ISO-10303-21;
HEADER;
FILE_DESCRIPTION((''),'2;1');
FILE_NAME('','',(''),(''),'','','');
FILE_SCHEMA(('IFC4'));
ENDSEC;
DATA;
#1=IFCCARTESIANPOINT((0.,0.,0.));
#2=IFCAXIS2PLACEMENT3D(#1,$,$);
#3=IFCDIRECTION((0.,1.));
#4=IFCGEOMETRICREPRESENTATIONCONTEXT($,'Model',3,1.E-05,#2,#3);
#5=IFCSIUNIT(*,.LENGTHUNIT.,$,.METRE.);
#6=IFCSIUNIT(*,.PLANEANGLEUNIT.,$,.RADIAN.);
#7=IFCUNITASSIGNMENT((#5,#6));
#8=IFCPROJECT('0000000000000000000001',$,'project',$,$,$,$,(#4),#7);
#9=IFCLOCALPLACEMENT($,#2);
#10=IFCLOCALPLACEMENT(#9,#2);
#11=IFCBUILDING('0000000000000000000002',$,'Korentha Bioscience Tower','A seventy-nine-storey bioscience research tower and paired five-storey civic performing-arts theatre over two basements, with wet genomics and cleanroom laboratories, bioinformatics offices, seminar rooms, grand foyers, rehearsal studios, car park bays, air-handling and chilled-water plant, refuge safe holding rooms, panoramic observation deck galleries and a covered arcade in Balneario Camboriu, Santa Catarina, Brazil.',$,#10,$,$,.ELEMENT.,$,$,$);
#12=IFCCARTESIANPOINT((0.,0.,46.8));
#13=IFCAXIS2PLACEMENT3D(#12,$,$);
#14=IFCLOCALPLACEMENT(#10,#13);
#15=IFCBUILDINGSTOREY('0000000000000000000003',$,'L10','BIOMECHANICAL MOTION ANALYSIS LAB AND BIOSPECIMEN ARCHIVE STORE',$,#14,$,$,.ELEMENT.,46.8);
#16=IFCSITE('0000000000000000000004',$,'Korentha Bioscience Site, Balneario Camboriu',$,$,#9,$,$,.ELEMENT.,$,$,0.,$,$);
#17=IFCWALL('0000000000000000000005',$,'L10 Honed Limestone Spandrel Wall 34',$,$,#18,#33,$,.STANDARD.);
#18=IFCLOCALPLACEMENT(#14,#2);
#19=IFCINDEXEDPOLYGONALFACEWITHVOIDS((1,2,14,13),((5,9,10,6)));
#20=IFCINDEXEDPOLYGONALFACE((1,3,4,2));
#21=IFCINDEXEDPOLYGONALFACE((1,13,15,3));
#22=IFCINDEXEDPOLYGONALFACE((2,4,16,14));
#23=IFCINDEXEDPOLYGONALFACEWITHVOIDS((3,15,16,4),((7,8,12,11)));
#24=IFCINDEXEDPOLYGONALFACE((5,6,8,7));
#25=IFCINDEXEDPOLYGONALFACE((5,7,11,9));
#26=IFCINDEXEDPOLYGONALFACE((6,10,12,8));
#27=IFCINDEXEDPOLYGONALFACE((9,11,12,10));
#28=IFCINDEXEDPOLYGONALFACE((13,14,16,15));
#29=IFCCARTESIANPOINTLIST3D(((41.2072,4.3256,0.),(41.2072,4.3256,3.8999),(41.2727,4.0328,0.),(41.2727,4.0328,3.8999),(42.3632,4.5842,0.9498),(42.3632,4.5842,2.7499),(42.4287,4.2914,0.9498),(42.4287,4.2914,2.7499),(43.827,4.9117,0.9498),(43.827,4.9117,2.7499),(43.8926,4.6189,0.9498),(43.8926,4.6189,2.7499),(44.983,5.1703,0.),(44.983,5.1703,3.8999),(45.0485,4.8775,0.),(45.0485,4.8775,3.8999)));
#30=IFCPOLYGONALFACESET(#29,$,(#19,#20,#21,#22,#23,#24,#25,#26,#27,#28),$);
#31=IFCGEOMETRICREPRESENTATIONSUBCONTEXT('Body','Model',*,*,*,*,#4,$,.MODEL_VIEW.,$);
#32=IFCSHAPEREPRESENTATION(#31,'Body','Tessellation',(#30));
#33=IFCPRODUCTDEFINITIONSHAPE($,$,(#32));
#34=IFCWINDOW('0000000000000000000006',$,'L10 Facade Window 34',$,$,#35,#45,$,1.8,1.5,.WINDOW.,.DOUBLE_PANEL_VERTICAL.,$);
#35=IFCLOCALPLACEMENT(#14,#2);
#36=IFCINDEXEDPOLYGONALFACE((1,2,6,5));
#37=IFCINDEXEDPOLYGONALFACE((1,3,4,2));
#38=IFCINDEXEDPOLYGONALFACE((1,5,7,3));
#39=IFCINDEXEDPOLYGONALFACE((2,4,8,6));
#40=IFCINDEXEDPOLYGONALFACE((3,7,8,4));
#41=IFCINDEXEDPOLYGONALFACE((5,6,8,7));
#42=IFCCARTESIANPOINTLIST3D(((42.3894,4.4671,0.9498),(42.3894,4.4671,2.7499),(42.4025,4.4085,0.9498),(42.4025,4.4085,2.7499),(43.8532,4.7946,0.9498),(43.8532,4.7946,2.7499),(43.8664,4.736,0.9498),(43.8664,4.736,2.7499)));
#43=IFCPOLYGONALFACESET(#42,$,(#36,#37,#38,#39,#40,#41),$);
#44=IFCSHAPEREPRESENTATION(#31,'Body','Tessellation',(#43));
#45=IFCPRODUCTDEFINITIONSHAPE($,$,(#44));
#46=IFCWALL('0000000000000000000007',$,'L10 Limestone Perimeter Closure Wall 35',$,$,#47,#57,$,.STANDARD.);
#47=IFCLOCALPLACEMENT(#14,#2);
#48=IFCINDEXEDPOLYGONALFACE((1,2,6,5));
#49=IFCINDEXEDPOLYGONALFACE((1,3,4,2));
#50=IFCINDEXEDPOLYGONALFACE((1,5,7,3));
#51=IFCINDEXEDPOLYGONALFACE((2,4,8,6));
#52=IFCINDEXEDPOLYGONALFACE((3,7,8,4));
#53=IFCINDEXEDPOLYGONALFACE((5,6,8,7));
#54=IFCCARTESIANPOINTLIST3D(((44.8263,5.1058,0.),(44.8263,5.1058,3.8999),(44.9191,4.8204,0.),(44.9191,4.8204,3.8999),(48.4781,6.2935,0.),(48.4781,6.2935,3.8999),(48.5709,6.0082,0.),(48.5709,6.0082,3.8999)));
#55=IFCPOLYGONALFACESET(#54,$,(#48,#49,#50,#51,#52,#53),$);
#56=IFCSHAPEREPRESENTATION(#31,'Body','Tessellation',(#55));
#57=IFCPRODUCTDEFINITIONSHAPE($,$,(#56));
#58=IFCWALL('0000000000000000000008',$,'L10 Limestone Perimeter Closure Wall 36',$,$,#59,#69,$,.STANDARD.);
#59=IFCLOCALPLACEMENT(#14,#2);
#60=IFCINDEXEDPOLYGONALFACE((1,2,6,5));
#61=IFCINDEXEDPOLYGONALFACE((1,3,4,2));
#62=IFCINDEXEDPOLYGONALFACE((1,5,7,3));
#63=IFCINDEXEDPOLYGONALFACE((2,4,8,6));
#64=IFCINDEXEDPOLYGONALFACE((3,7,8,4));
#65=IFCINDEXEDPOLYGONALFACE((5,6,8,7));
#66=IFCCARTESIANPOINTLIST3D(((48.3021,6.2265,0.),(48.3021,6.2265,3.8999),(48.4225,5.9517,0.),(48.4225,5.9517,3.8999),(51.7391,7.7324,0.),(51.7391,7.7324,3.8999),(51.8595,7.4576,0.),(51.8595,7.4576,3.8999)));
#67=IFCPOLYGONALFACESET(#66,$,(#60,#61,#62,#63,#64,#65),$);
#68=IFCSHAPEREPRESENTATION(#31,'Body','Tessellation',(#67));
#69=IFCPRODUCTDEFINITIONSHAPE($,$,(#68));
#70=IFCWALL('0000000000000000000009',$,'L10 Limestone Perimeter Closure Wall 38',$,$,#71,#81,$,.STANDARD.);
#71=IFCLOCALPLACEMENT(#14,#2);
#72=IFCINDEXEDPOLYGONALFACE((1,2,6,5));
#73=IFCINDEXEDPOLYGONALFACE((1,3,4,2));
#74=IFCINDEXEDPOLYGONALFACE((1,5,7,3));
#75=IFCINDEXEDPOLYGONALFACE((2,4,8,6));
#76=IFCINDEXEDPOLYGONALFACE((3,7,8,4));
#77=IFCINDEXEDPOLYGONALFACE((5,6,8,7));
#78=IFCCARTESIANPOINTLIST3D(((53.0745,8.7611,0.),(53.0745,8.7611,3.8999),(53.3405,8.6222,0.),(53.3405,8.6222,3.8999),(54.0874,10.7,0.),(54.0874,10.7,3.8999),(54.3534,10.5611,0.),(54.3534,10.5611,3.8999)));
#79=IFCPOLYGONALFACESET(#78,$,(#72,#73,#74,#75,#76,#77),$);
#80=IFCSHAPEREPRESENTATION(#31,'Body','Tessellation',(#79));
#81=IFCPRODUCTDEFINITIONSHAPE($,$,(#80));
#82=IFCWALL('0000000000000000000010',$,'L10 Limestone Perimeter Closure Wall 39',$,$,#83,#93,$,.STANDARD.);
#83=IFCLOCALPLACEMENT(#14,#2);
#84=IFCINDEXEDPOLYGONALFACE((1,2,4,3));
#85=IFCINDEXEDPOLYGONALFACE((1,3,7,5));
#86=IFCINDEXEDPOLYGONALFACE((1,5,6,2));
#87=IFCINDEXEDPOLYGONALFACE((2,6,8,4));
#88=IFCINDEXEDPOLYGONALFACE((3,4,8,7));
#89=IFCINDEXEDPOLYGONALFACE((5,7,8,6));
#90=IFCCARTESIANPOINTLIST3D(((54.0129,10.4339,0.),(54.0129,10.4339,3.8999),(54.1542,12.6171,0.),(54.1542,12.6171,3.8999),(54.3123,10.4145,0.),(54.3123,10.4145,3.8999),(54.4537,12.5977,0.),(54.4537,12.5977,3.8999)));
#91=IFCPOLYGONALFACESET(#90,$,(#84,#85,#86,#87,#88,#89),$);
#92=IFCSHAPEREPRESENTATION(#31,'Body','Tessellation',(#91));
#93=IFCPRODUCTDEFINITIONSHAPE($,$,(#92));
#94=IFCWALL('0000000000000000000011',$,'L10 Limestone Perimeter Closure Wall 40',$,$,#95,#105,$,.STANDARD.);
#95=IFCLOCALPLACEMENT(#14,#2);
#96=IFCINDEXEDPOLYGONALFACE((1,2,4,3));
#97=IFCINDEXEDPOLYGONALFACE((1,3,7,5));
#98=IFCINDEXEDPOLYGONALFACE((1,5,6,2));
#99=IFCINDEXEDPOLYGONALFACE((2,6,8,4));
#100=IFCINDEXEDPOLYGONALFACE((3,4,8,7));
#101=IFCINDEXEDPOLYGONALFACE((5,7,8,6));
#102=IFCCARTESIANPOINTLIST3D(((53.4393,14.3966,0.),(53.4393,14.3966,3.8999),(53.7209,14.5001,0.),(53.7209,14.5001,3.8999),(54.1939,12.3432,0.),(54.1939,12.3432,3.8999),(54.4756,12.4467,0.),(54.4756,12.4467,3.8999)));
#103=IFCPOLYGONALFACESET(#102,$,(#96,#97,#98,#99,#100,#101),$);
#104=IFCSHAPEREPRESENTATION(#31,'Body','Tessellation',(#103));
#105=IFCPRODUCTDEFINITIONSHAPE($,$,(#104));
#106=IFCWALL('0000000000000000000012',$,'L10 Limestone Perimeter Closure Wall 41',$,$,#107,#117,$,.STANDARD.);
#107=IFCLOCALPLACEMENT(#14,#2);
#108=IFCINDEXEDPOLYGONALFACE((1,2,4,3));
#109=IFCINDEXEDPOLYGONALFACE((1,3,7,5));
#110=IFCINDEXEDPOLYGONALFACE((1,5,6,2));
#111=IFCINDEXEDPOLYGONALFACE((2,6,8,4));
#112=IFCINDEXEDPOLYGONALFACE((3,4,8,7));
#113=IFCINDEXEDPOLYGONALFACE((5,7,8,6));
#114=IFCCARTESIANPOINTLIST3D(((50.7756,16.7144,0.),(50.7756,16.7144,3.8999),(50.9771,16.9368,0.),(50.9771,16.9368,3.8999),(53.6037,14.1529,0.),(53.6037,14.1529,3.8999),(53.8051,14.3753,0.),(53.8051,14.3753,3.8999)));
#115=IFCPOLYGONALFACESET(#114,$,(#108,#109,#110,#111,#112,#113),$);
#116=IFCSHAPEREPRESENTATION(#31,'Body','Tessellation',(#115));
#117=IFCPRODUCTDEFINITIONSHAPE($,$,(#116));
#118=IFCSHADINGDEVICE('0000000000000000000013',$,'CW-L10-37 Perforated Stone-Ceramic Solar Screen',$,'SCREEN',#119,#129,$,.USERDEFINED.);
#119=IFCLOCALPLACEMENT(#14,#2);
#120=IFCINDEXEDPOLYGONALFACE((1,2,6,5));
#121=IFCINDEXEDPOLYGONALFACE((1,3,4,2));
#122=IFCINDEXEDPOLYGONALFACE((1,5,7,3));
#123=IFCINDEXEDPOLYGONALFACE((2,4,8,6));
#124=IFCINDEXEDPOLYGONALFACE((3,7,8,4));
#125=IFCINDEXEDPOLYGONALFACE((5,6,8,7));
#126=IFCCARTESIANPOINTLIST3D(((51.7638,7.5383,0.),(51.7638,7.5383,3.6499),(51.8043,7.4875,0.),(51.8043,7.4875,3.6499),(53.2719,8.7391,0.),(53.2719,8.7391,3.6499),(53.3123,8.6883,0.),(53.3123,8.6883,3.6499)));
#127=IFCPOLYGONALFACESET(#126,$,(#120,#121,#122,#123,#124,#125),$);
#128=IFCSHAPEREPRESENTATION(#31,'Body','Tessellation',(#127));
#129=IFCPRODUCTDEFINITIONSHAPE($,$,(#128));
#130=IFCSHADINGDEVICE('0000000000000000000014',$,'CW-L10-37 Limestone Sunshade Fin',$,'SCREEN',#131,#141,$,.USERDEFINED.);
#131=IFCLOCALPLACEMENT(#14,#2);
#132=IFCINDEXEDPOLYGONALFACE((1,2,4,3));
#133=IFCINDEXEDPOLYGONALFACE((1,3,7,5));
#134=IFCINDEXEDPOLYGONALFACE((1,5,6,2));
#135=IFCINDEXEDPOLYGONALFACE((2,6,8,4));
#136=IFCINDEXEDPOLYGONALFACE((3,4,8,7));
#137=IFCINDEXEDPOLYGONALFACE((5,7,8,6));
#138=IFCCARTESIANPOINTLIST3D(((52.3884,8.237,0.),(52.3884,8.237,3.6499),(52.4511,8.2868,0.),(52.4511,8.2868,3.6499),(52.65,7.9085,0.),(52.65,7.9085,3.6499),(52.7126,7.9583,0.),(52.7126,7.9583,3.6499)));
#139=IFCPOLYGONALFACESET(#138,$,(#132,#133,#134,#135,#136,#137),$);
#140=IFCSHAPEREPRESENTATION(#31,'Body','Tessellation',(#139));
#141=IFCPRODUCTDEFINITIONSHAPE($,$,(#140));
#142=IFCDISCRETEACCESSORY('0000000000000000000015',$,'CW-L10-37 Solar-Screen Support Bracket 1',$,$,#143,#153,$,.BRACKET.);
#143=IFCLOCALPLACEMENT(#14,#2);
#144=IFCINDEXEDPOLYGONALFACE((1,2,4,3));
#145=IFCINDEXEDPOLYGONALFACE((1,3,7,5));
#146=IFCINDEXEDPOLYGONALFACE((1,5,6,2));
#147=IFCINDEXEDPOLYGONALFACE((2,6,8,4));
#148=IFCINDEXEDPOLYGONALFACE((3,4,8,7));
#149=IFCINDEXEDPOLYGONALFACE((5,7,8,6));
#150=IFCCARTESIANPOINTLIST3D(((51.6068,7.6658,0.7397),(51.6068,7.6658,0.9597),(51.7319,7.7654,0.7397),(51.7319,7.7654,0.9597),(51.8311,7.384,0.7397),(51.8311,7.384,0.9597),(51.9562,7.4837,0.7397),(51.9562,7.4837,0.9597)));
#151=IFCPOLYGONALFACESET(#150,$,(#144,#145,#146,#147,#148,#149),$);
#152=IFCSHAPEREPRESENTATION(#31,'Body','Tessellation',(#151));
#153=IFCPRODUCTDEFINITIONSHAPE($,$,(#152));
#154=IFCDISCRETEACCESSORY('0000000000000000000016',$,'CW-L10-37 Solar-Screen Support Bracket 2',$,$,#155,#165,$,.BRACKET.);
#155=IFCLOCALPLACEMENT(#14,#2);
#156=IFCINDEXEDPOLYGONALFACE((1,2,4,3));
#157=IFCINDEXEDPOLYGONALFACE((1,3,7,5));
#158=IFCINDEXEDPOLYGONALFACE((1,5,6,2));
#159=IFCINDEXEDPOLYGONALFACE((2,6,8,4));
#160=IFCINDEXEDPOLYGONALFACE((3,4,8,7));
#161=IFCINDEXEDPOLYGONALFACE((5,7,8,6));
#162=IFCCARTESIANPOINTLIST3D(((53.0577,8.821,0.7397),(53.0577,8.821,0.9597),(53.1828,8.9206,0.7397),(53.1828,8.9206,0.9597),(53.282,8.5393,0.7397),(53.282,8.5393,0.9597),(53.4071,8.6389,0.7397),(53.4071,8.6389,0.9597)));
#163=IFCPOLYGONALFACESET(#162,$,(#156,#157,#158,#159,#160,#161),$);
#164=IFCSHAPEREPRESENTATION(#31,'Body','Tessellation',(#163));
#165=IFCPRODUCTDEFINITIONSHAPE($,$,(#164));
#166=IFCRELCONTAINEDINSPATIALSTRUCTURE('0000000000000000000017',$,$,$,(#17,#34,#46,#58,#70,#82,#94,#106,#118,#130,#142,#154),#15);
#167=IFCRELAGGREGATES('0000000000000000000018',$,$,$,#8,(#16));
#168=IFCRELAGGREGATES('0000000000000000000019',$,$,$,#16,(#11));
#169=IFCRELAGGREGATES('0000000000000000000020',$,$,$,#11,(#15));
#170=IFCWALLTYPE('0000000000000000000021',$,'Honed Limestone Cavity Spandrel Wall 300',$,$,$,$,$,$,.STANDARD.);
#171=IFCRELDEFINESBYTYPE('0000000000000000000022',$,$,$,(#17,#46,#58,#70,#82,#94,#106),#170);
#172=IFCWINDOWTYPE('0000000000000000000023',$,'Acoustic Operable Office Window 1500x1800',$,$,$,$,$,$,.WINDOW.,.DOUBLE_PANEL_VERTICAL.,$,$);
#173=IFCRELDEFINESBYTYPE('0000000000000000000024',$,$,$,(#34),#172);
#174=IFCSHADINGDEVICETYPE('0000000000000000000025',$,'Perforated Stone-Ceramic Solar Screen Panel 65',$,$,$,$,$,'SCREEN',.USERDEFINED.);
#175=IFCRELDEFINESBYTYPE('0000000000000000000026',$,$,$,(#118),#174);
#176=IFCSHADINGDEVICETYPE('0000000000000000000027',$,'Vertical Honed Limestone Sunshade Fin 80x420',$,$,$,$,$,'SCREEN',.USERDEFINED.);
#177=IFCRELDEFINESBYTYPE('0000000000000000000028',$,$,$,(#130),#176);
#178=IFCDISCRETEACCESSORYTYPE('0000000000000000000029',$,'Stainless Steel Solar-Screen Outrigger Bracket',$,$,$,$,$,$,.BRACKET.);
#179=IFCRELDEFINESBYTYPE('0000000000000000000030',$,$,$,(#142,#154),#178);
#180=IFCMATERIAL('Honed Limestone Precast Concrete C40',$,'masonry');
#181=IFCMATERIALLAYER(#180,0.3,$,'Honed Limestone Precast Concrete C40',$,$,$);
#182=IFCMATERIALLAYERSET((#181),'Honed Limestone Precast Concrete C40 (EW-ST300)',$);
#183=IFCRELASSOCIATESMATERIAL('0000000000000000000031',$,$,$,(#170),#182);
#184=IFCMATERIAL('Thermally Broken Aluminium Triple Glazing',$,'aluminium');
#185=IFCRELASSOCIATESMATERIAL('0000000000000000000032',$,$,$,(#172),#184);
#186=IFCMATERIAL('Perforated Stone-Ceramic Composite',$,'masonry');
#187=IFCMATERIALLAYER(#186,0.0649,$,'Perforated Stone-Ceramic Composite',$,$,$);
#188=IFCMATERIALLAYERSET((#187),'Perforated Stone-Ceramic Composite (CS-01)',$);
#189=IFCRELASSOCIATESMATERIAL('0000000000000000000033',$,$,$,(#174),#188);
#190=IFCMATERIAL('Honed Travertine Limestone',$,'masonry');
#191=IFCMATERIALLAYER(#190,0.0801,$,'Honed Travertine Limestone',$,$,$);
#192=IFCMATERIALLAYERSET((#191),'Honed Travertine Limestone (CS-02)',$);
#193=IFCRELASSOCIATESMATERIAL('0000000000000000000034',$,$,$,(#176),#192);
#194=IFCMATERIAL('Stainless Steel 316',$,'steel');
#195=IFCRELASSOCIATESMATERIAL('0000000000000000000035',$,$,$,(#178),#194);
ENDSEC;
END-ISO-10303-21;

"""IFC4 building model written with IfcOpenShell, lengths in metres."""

from ifc_helpers import new_model, si_unit, direction, frame, frame_2d, origin, origin_2d, place, context, subcontext, project, spatial, rectangle, extrude, material, layer, layer_set, type_object, element, fill, save


model = new_model("IFC4")

# Units and contexts
model_context = context("Model", 3, precision=1e-05, world=origin(), true_north=direction((0.0, 1.0)))
body_context = subcontext(model_context, "Body", "Model", "MODEL_VIEW")
ifc_project = project(units=[si_unit("LENGTHUNIT", "METRE"), si_unit("PLANEANGLEUNIT", "RADIAN")], contexts=[model_context])

# Site, building, storey
site_placement = place(None, origin())
site = spatial("IfcSite", under=ifc_project, at=site_placement, Name="Korentha Bioscience Site, Balneario Camboriu", CompositionType="ELEMENT", RefElevation=0.0)
building_placement = place(site_placement, origin())
building = spatial("IfcBuilding", under=site, at=building_placement, Name="Korentha Bioscience Tower", Description="A seventy-nine-storey bioscience research tower and paired five-storey civic performing-arts theatre over two basements, with wet genomics and cleanroom laboratories, bioinformatics offices, seminar rooms, grand foyers, rehearsal studios, car park bays, air-handling and chilled-water plant, refuge safe holding rooms, panoramic observation deck galleries and a covered arcade in Balneario Camboriu, Santa Catarina, Brazil.", CompositionType="ELEMENT")
storey_placement = place(building_placement, frame((0.0, 0.0, 46.8)))
storey = spatial("IfcBuildingStorey", under=building, at=storey_placement, Name="L10", Description="BIOMECHANICAL MOTION ANALYSIS LAB AND BIOSPECIMEN ARCHIVE STORE", CompositionType="ELEMENT", Elevation=46.8)

# Wall, opening, window
ifc_material_1 = material(Name="Honed Limestone Precast Concrete C40", Category="masonry")
ifc_layer_1 = layer(ifc_material_1, 0.3, Name="Honed Limestone Precast Concrete C40")
ifc_layer_set_1 = layer_set([ifc_layer_1], Name="Honed Limestone Precast Concrete C40 (EW-ST300)")
wall_type_1 = type_object("IfcWallType", Name="Honed Limestone Cavity Spandrel Wall 300", PredefinedType="STANDARD", material=ifc_layer_set_1)
wall_1_placement = place(storey_placement, frame((41.24, 4.1792, 0.0), z_axis=(0.0, 0.0, 1.0), x_axis=(0.975877, 0.21832, 0.0)))
wall_1 = element("IfcWall", 1, at=wall_1_placement, inside=storey, type_object=wall_type_1, Name="L10 Honed Limestone Spandrel Wall 34", PredefinedType="STANDARD", context=body_context, shape_type="SweptSolid", body=[
    extrude(rectangle(XDim=3.8691, YDim=0.3, at=frame_2d((1.9346, 0.0))), origin(), (0.0, 0.0, 1.0), 3.8999),
])
opening_1_placement = place(wall_1_placement, frame((1.1846, 0.0, 0.95)))
opening_1 = element("IfcOpeningElement", 2, at=opening_1_placement, cuts=wall_1, PredefinedType="OPENING", context=body_context, shape_type="SweptSolid", body=[
    extrude(rectangle(XDim=1.5, YDim=1.8, at=frame_2d((0.75, 0.8999))), frame((0.0, 0.165, 0.0), z_axis=(0.0, -1.0, 0.0), x_axis=(1.0, 0.0, 0.0)), (0.0, 0.0, 1.0), 0.3298),
])
ifc_material_2 = material(Name="Thermally Broken Aluminium Triple Glazing", Category="aluminium")
window_type = type_object("IfcWindowType", Name="Acoustic Operable Office Window 1500x1800", PartitioningType="DOUBLE_PANEL_VERTICAL", PredefinedType="WINDOW", material=ifc_material_2)
window_placement = place(opening_1_placement, origin())
window = element("IfcWindow", 3, at=window_placement, inside=storey, type_object=window_type, Name="L10 Facade Window 34", OverallHeight=1.8, OverallWidth=1.5, PartitioningType="DOUBLE_PANEL_VERTICAL", PredefinedType="WINDOW", context=body_context, shape_type="SweptSolid", body=[
    extrude(rectangle(XDim=1.5, YDim=1.8, at=frame_2d((0.75, 0.8999))), frame((0.0, 0.03, 0.0), z_axis=(0.0, -1.0, 0.0), x_axis=(1.0, 0.0, 0.0)), (0.0, 0.0, 1.0), 0.0601),
])
fill(opening_1, window)

# Walls
wall_2_placement = place(storey_placement, frame((44.8728, 4.9631, 0.0), z_axis=(0.0, 0.0, 1.0), x_axis=(0.950966, 0.309296, 0.0)))
element("IfcWall", 4, at=wall_2_placement, inside=storey, type_object=wall_type_1, Name="L10 Limestone Perimeter Closure Wall 35", PredefinedType="STANDARD", context=body_context, shape_type="SweptSolid", body=[
    extrude(rectangle(XDim=3.8401, YDim=0.3, at=frame_2d((1.9199, 0.0))), origin(), (0.0, 0.0, 1.0), 3.8999),
])
wall_3_placement = place(storey_placement, frame((48.3623, 6.0891, 0.0), z_axis=(0.0, 0.0, 1.0), x_axis=(0.915945, 0.401303, 0.0)))
element("IfcWall", 5, at=wall_3_placement, inside=storey, type_object=wall_type_1, Name="L10 Limestone Perimeter Closure Wall 36", PredefinedType="STANDARD", context=body_context, shape_type="SweptSolid", body=[
    extrude(rectangle(XDim=3.7524, YDim=0.3, at=frame_2d((1.8762, 0.0))), origin(), (0.0, 0.0, 1.0), 3.8999),
])
wall_4_placement = place(storey_placement, frame((53.2075, 8.6917, 0.0), z_axis=(0.0, 0.0, 1.0), x_axis=(0.463035, 0.88634, 0.0)))
element("IfcWall", 6, at=wall_4_placement, inside=storey, type_object=wall_type_1, Name="L10 Limestone Perimeter Closure Wall 38", PredefinedType="STANDARD", context=body_context, shape_type="SweptSolid", body=[
    extrude(rectangle(XDim=2.1875, YDim=0.3, at=frame_2d((1.0938, 0.0))), origin(), (0.0, 0.0, 1.0), 3.8999),
])
for number, where, z_axis, x_axis, name in (
    (7, (54.1626, 10.4243, 0.0), (0.0, 0.0, 1.0), (0.064615, 0.99791, 0.0), "L10 Limestone Perimeter Closure Wall 39"),
    (8, (54.3347, 12.395, 0.0), (0.0, 0.0, 1.0), (-0.34494, 0.938625, 0.0), "L10 Limestone Perimeter Closure Wall 40"),
):
    element("IfcWall", number, at=place(storey_placement, frame(where, z_axis=z_axis, x_axis=x_axis)), inside=storey, type_object=wall_type_1, Name=name, PredefinedType="STANDARD", context=body_context, shape_type="SweptSolid", body=[
        extrude(rectangle(XDim=2.1877, YDim=0.3, at=frame_2d((1.0938, 0.0))), origin(), (0.0, 0.0, 1.0), 3.8999),
    ])
wall_5_placement = place(storey_placement, frame((53.7043, 14.2642, 0.0), z_axis=(0.0, 0.0, 1.0), x_axis=(-0.741178, 0.671309, 0.0)))
element("IfcWall", 9, at=wall_5_placement, inside=storey, type_object=wall_type_1, Name="L10 Limestone Perimeter Closure Wall 41", PredefinedType="STANDARD", context=body_context, shape_type="SweptSolid", body=[
    extrude(rectangle(XDim=3.8157, YDim=0.3, at=frame_2d((1.9077, 0.0))), origin(), (0.0, 0.0, 1.0), 3.8999),
])

# Shading devices
ifc_material_3 = material(Name="Perforated Stone-Ceramic Composite", Category="masonry")
ifc_layer_2 = layer(ifc_material_3, 0.0649, Name="Perforated Stone-Ceramic Composite")
ifc_layer_set_2 = layer_set([ifc_layer_2], Name="Perforated Stone-Ceramic Composite (CS-01)")
shading_device_type_1 = type_object("IfcShadingDeviceType", Name="Perforated Stone-Ceramic Solar Screen Panel 65", ElementType="SCREEN", PredefinedType="USERDEFINED", material=ifc_layer_set_2)
shading_device_1_placement = place(storey_placement, frame((52.5381, 8.1133, 0.0), z_axis=(0.0, 0.0, 1.0), x_axis=(0.782288, 0.622917, 0.0)))
element("IfcShadingDevice", 10, at=shading_device_1_placement, inside=storey, type_object=shading_device_type_1, Name="CW-L10-37 Perforated Stone-Ceramic Solar Screen", ObjectType="SCREEN", PredefinedType="USERDEFINED", context=body_context, shape_type="SweptSolid", body=[
    extrude(rectangle(XDim=1.9277, YDim=0.0649, at=origin_2d()), origin(), (0.0, 0.0, 1.0), 3.6499),
])
ifc_material_4 = material(Name="Honed Travertine Limestone", Category="masonry")
ifc_layer_3 = layer(ifc_material_4, 0.0801, Name="Honed Travertine Limestone")
ifc_layer_set_3 = layer_set([ifc_layer_3], Name="Honed Travertine Limestone (CS-02)")
shading_device_type_2 = type_object("IfcShadingDeviceType", Name="Vertical Honed Limestone Sunshade Fin 80x420", ElementType="SCREEN", PredefinedType="USERDEFINED", material=ifc_layer_set_3)
shading_device_2_placement = place(storey_placement, frame((52.5505, 8.0977, 0.0), z_axis=(0.0, 0.0, 1.0), x_axis=(0.782288, 0.622917, 0.0)))
element("IfcShadingDevice", 11, at=shading_device_2_placement, inside=storey, type_object=shading_device_type_2, Name="CW-L10-37 Limestone Sunshade Fin", ObjectType="SCREEN", PredefinedType="USERDEFINED", context=body_context, shape_type="SweptSolid", body=[
    extrude(rectangle(XDim=0.0801, YDim=0.4199, at=origin_2d()), origin(), (0.0, 0.0, 1.0), 3.6499),
])

# Discrete accessories
ifc_material_5 = material(Name="Stainless Steel 316", Category="steel")
discrete_accessory_type = type_object("IfcDiscreteAccessoryType", Name="Stainless Steel Solar-Screen Outrigger Bracket", PredefinedType="BRACKET", material=ifc_material_5)
for number, where, z_axis, x_axis, name in (
    (12, (51.7815, 7.5747, 0.7397), (0.0, 0.0, 1.0), (0.782288, 0.622917, 0.0), "CW-L10-37 Solar-Screen Support Bracket 1"),
    (13, (53.2324, 8.73, 0.7397), (0.0, 0.0, 1.0), (0.782288, 0.622917, 0.0), "CW-L10-37 Solar-Screen Support Bracket 2"),
):
    element("IfcDiscreteAccessory", number, at=place(storey_placement, frame(where, z_axis=z_axis, x_axis=x_axis)), inside=storey, type_object=discrete_accessory_type, Name=name, PredefinedType="BRACKET", context=body_context, shape_type="SweptSolid", body=[
        extrude(rectangle(XDim=0.1599, YDim=0.3601, at=origin_2d()), origin(), (0.0, 0.0, 1.0), 0.22),
    ])

save(model, "model.ifc")
